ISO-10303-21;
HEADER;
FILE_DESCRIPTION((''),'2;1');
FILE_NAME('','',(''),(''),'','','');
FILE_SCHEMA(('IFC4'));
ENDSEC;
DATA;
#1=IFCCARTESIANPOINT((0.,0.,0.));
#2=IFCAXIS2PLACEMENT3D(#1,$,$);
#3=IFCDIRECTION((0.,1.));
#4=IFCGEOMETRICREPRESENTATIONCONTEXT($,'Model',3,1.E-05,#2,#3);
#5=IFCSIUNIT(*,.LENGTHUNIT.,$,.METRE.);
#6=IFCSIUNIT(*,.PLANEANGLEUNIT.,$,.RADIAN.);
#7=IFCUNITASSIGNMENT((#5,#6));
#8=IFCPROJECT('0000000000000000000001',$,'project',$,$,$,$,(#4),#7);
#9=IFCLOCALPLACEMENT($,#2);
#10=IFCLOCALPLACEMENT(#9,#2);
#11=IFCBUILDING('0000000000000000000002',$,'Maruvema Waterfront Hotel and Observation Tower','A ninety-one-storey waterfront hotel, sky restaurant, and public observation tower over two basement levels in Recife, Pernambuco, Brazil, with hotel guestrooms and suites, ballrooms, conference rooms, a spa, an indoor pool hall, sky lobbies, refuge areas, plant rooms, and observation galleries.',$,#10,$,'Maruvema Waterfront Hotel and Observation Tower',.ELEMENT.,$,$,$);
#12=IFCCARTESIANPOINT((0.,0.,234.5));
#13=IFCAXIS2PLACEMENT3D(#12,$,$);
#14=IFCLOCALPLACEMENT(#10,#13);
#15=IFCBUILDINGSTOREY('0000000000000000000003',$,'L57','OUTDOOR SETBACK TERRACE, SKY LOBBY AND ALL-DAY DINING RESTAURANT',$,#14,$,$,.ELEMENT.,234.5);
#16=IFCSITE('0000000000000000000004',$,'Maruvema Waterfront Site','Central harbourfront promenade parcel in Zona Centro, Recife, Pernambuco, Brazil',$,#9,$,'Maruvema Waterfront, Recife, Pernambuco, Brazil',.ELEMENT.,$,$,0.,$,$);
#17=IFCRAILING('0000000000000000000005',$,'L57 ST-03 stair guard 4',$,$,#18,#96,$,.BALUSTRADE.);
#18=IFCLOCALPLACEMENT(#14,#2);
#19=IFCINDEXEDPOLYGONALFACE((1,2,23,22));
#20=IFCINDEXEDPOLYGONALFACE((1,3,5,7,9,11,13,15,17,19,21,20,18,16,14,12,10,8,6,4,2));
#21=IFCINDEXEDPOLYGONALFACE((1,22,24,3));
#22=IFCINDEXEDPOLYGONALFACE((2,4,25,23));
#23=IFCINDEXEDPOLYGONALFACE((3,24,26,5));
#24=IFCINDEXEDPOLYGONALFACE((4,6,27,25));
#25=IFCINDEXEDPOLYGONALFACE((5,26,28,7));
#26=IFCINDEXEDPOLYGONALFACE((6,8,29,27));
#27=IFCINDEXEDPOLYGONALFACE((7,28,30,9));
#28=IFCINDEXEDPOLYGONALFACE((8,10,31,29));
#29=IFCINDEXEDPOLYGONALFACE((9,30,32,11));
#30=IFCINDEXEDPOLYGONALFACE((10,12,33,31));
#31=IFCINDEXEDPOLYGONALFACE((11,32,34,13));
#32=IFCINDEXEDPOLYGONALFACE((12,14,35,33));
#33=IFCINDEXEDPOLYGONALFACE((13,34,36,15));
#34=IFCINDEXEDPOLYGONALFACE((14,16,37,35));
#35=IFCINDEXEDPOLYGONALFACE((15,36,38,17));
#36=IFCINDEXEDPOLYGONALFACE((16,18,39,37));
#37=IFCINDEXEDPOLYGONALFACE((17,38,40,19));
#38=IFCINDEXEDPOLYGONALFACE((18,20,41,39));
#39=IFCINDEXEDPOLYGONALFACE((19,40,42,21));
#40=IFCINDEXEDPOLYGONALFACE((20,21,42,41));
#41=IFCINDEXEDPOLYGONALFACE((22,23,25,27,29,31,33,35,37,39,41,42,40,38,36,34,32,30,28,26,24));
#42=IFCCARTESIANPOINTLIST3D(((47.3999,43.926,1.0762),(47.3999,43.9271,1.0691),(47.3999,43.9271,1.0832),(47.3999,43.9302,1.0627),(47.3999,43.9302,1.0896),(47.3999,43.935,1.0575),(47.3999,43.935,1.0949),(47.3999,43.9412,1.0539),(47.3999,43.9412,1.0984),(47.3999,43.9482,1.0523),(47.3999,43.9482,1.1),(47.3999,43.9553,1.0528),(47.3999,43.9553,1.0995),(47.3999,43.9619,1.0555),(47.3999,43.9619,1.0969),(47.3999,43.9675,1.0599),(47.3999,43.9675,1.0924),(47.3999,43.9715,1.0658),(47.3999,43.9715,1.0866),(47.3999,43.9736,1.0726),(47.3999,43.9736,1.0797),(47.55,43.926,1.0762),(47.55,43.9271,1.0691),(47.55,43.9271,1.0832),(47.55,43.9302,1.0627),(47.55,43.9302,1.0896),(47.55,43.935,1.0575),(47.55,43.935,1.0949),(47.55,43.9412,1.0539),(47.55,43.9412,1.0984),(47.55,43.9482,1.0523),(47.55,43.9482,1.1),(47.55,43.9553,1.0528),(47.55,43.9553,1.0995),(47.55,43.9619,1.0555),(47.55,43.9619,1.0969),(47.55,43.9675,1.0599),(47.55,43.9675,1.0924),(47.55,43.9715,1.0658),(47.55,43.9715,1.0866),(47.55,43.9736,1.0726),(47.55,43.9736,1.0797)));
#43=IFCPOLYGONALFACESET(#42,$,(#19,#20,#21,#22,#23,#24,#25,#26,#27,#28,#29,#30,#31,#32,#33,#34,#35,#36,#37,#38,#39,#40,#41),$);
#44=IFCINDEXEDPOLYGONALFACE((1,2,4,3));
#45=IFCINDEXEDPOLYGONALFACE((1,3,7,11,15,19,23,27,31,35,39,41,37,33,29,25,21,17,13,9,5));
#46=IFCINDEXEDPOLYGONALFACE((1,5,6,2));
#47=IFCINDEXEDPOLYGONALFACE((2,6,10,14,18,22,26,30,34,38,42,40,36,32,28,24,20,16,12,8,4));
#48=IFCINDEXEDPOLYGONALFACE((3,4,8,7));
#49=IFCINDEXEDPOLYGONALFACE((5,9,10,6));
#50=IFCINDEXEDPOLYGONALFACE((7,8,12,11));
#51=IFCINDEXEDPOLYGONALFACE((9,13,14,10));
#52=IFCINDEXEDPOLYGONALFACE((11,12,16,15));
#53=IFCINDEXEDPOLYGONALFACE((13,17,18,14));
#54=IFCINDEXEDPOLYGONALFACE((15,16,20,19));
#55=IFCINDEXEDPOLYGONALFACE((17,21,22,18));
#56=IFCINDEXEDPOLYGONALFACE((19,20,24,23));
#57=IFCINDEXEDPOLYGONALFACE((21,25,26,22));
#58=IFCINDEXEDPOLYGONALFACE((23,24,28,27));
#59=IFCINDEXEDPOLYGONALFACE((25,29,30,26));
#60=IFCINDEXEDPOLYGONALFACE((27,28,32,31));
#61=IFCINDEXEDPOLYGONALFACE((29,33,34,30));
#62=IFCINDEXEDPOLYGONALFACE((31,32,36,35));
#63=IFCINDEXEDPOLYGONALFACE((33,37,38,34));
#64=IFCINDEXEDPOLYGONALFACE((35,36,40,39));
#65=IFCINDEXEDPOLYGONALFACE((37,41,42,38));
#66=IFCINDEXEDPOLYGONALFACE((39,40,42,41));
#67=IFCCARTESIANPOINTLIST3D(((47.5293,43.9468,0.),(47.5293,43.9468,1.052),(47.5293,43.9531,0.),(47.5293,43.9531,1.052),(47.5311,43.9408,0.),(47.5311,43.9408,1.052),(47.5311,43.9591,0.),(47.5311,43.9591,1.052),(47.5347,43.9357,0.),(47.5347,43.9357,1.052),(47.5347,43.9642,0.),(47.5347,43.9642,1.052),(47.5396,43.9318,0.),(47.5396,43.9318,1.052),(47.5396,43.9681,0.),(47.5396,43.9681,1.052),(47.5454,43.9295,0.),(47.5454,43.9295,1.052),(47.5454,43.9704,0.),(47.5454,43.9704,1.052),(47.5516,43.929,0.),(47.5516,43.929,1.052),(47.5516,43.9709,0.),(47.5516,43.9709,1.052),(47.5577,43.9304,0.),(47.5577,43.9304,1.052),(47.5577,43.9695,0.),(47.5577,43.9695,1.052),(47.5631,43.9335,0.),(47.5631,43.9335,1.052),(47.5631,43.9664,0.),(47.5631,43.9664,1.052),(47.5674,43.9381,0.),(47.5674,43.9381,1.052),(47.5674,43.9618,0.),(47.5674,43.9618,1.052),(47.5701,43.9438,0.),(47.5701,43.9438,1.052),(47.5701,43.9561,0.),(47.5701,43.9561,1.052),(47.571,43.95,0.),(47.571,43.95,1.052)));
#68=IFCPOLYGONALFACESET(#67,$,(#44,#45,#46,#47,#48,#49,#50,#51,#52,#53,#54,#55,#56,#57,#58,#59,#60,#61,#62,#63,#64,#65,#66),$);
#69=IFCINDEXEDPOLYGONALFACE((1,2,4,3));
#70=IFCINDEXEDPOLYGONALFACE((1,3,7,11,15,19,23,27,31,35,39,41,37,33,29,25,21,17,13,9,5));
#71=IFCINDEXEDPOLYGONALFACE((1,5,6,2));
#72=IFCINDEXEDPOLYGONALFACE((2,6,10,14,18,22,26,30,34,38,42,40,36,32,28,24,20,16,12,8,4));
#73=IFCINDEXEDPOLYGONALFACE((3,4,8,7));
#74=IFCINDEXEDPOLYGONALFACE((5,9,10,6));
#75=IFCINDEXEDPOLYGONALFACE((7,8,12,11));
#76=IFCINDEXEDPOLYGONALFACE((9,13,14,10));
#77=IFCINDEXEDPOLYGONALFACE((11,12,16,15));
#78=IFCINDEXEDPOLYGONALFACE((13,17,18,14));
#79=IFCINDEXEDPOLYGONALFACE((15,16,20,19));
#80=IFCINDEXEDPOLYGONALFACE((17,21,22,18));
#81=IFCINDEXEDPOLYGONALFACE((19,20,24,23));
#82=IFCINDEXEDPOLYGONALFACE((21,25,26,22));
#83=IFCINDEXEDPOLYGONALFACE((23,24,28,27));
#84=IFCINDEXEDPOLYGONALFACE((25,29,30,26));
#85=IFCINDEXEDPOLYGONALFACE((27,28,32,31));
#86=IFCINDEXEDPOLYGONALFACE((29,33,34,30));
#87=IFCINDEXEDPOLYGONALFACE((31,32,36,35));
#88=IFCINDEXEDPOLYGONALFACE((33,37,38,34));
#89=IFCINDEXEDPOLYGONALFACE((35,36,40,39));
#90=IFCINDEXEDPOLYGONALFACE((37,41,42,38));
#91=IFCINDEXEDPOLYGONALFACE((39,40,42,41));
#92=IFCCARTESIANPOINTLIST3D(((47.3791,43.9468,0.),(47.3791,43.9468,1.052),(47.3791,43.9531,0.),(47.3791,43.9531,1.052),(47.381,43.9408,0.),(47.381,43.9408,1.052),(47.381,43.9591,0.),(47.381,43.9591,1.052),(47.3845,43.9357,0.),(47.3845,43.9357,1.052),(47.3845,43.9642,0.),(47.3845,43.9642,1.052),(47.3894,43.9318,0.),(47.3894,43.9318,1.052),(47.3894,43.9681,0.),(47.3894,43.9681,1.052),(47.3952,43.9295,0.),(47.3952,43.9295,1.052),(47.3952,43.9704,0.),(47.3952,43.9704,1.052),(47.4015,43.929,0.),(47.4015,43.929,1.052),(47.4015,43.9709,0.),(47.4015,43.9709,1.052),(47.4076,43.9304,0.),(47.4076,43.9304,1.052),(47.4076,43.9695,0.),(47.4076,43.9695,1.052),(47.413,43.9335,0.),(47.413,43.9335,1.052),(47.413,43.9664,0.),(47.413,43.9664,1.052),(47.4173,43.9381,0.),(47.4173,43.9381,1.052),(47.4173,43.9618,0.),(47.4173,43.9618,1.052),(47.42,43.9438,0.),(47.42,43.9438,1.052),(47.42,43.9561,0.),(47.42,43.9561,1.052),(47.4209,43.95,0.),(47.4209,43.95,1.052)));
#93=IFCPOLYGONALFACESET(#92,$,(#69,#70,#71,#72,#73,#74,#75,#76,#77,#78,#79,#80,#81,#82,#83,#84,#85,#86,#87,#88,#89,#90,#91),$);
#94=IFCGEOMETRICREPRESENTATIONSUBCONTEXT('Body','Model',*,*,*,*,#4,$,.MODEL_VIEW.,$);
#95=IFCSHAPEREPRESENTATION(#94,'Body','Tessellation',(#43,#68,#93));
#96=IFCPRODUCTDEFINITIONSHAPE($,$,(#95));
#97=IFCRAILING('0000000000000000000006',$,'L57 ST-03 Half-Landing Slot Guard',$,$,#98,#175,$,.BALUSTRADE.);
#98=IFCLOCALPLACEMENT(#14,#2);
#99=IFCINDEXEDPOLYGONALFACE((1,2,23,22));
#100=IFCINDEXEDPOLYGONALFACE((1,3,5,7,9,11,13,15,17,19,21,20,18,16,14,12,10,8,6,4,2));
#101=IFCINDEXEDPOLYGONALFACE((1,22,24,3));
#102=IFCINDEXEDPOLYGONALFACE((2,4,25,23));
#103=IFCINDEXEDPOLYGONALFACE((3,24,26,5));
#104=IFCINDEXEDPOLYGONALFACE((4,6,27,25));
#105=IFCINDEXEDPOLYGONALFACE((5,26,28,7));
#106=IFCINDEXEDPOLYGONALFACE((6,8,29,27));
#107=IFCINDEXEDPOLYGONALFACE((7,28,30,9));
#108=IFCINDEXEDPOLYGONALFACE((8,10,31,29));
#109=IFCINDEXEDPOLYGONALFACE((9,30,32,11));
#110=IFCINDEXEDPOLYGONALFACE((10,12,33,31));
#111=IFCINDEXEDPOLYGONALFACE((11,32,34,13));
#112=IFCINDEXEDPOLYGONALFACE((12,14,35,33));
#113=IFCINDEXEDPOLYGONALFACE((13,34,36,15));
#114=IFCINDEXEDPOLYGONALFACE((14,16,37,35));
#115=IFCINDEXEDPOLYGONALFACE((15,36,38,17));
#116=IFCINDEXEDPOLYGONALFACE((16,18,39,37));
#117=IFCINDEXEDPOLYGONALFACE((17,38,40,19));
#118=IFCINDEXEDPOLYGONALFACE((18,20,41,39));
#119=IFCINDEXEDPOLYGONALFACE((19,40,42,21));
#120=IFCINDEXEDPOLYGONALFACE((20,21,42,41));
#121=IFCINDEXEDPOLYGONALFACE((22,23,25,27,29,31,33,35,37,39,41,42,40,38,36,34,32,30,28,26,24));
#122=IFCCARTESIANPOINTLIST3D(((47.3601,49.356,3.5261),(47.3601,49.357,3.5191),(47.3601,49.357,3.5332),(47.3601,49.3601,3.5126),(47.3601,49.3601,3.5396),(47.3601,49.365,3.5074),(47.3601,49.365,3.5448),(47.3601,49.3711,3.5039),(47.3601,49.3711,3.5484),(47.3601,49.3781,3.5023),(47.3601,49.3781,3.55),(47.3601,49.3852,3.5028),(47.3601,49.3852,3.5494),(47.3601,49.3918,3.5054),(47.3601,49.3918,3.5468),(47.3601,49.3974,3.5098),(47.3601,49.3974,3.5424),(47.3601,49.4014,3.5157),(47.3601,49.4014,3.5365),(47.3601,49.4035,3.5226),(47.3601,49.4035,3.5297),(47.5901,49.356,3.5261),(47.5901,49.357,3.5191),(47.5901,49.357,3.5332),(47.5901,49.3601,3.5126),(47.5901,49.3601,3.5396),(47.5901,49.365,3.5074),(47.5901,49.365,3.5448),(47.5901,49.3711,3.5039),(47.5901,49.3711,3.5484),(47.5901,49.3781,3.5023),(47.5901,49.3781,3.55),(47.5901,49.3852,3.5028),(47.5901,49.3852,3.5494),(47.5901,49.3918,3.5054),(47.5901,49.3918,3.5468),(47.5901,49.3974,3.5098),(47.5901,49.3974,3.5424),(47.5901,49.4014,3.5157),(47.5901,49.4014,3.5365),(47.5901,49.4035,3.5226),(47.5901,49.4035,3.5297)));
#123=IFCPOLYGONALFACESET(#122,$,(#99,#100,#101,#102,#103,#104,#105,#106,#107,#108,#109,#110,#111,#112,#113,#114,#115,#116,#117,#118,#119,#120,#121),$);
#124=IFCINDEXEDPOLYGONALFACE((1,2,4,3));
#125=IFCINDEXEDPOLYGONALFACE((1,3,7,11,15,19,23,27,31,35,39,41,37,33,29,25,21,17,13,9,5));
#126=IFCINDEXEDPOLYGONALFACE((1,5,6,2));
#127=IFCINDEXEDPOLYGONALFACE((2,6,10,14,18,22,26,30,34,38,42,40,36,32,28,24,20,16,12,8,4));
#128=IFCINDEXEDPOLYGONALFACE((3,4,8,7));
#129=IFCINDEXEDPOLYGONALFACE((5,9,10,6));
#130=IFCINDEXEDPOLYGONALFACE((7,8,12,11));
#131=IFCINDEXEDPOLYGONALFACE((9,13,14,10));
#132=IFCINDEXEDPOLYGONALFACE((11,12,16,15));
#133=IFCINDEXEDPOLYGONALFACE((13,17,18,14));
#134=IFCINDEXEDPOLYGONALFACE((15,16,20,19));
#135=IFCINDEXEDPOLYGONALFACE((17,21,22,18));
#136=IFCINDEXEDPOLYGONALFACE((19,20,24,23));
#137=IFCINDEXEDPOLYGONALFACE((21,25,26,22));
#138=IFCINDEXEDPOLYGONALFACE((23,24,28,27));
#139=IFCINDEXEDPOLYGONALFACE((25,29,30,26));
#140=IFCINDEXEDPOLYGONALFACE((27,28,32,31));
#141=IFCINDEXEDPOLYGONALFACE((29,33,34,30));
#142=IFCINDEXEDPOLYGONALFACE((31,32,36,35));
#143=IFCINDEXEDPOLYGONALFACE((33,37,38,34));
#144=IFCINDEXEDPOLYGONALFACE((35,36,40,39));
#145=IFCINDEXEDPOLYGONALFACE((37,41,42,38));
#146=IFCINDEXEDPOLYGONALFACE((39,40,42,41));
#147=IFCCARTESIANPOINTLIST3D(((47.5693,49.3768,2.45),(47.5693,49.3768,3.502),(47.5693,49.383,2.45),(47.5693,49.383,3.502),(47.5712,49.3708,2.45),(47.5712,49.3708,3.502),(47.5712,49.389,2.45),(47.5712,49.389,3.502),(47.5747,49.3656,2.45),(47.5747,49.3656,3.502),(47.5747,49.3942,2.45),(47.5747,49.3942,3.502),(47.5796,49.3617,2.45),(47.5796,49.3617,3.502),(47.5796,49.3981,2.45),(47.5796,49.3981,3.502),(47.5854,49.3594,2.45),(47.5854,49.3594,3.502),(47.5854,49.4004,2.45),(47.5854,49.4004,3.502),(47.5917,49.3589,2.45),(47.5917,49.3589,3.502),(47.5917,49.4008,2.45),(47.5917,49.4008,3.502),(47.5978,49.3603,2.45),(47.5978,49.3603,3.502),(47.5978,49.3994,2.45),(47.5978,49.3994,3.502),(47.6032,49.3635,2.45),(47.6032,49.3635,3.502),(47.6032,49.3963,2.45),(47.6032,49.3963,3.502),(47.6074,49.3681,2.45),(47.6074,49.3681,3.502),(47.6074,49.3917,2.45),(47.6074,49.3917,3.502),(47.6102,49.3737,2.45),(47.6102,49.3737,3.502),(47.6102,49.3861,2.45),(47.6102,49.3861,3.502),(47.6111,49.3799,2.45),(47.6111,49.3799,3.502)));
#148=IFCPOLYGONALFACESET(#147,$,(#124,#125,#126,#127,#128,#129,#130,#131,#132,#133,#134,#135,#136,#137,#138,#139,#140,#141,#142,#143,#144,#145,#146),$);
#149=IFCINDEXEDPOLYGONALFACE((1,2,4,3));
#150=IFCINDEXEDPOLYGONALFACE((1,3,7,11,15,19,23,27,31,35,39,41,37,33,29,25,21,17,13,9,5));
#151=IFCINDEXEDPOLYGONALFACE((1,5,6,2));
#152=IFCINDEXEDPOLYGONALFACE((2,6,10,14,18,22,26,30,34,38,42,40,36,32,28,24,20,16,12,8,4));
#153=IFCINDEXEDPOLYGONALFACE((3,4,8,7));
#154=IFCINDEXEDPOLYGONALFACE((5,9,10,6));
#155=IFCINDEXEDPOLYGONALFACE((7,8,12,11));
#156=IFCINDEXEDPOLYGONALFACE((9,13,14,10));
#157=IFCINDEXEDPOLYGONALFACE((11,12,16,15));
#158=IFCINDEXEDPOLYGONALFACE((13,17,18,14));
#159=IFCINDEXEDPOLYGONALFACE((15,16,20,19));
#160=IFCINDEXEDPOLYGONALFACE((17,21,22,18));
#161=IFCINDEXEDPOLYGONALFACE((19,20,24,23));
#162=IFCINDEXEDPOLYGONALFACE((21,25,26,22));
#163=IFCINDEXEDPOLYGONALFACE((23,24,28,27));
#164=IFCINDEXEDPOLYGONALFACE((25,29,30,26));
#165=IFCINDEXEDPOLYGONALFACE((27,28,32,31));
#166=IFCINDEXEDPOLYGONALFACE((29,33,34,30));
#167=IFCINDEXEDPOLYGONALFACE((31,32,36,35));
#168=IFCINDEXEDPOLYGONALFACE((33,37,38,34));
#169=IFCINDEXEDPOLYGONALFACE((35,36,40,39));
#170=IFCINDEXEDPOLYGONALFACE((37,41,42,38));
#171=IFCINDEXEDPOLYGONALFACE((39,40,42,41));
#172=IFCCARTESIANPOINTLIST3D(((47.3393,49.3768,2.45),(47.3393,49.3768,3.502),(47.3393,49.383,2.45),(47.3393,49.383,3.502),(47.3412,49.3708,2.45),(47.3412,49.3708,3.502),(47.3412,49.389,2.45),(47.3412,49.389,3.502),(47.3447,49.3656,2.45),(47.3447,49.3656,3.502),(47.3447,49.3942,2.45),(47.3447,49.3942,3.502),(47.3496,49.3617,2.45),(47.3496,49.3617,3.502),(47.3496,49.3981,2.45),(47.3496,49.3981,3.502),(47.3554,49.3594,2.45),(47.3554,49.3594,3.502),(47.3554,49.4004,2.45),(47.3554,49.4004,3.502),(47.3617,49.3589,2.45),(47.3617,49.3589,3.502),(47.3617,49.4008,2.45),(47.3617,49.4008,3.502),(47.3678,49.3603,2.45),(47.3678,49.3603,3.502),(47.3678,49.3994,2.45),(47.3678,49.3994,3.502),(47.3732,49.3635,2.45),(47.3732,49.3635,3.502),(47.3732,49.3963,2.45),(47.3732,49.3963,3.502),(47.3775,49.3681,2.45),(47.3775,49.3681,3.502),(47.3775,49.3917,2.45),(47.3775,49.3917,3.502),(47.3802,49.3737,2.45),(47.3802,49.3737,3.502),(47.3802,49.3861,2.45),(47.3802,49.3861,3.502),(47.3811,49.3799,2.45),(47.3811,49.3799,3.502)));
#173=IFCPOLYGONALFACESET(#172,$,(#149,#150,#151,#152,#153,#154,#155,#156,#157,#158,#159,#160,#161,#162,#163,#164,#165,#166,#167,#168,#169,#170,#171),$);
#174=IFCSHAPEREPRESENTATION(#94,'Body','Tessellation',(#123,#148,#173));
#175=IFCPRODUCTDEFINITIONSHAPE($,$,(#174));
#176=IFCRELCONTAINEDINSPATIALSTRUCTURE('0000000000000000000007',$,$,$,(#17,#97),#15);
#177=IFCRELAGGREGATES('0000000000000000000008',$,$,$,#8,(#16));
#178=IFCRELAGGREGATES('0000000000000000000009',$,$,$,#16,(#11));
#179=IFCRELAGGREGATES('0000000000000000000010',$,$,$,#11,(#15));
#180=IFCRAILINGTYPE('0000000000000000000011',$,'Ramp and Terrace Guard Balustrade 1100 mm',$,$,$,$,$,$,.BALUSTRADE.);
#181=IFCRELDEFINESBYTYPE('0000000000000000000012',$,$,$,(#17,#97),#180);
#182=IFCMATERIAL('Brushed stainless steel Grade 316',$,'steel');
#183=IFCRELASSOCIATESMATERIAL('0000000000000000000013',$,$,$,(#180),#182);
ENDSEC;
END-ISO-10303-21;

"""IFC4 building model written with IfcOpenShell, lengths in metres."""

from ifc_helpers import new_model, si_unit, direction, frame, origin, origin_2d, place, context, subcontext, project, spatial, circle, extrude, material, type_object, element, save


model = new_model("IFC4")

# Units and contexts
model_context = context("Model", 3, precision=1e-05, world=origin(), true_north=direction((0.0, 1.0)))
body_context = subcontext(model_context, "Body", "Model", "MODEL_VIEW")
ifc_project = project(units=[si_unit("LENGTHUNIT", "METRE"), si_unit("PLANEANGLEUNIT", "RADIAN")], contexts=[model_context])

# Site, building, storey
site_placement = place(None, origin())
site = spatial("IfcSite", under=ifc_project, at=site_placement, Name="Maruvema Waterfront Site", Description="Central harbourfront promenade parcel in Zona Centro, Recife, Pernambuco, Brazil", LongName="Maruvema Waterfront, Recife, Pernambuco, Brazil", CompositionType="ELEMENT", RefElevation=0.0)
building_placement = place(site_placement, origin())
building = spatial("IfcBuilding", under=site, at=building_placement, Name="Maruvema Waterfront Hotel and Observation Tower", Description="A ninety-one-storey waterfront hotel, sky restaurant, and public observation tower over two basement levels in Recife, Pernambuco, Brazil, with hotel guestrooms and suites, ballrooms, conference rooms, a spa, an indoor pool hall, sky lobbies, refuge areas, plant rooms, and observation galleries.", LongName="Maruvema Waterfront Hotel and Observation Tower", CompositionType="ELEMENT")
storey_placement = place(building_placement, frame((0.0, 0.0, 234.5)))
storey = spatial("IfcBuildingStorey", under=building, at=storey_placement, Name="L57", Description="OUTDOOR SETBACK TERRACE, SKY LOBBY AND ALL-DAY DINING RESTAURANT", CompositionType="ELEMENT", Elevation=234.5)

# Railings
ifc_material_1 = material(Name="Brushed stainless steel Grade 316", Category="steel")
railing_type_1 = type_object("IfcRailingType", Name="Ramp and Terrace Guard Balustrade 1100 mm", PredefinedType="BALUSTRADE", material=ifc_material_1)
railing_1_placement = place(storey_placement, frame((47.55, 43.95, 0.0)))
element("IfcRailing", 1, at=railing_1_placement, inside=storey, type_object=railing_type_1, Name="L57 ST-03 stair guard 4", PredefinedType="BALUSTRADE", context=body_context, shape_type="SweptSolid", body=[
    extrude(circle(Radius=0.0239, at=origin_2d()), frame((0.0, 0.0, 1.0762), z_axis=(-1.0, 0.0, 0.0), x_axis=(0.0, -1.0, 0.0)), (0.0, 0.0, 1.0), 0.1501),
    extrude(circle(Radius=0.021, at=origin_2d()), origin(), (0.0, 0.0, 1.0), 1.052),
    extrude(circle(Radius=0.021, at=origin_2d()), frame((-0.1501, 0.0, 0.0)), (0.0, 0.0, 1.0), 1.052),
])
railing_2_placement = place(storey_placement, frame((47.5901, 49.3799, 2.45)))
element("IfcRailing", 2, at=railing_2_placement, inside=storey, type_object=railing_type_1, Name="L57 ST-03 Half-Landing Slot Guard", PredefinedType="BALUSTRADE", context=body_context, shape_type="SweptSolid", body=[
    extrude(circle(Radius=0.0239, at=origin_2d()), frame((0.0, 0.0, 1.0762), z_axis=(-1.0, 0.0, 0.0), x_axis=(0.0, -1.0, 0.0)), (0.0, 0.0, 1.0), 0.23),
    extrude(circle(Radius=0.021, at=origin_2d()), origin(), (0.0, 0.0, 1.0), 1.052),
    extrude(circle(Radius=0.021, at=origin_2d()), frame((-0.23, 0.0, 0.0)), (0.0, 0.0, 1.0), 1.052),
])

save(model, "model.ifc")
